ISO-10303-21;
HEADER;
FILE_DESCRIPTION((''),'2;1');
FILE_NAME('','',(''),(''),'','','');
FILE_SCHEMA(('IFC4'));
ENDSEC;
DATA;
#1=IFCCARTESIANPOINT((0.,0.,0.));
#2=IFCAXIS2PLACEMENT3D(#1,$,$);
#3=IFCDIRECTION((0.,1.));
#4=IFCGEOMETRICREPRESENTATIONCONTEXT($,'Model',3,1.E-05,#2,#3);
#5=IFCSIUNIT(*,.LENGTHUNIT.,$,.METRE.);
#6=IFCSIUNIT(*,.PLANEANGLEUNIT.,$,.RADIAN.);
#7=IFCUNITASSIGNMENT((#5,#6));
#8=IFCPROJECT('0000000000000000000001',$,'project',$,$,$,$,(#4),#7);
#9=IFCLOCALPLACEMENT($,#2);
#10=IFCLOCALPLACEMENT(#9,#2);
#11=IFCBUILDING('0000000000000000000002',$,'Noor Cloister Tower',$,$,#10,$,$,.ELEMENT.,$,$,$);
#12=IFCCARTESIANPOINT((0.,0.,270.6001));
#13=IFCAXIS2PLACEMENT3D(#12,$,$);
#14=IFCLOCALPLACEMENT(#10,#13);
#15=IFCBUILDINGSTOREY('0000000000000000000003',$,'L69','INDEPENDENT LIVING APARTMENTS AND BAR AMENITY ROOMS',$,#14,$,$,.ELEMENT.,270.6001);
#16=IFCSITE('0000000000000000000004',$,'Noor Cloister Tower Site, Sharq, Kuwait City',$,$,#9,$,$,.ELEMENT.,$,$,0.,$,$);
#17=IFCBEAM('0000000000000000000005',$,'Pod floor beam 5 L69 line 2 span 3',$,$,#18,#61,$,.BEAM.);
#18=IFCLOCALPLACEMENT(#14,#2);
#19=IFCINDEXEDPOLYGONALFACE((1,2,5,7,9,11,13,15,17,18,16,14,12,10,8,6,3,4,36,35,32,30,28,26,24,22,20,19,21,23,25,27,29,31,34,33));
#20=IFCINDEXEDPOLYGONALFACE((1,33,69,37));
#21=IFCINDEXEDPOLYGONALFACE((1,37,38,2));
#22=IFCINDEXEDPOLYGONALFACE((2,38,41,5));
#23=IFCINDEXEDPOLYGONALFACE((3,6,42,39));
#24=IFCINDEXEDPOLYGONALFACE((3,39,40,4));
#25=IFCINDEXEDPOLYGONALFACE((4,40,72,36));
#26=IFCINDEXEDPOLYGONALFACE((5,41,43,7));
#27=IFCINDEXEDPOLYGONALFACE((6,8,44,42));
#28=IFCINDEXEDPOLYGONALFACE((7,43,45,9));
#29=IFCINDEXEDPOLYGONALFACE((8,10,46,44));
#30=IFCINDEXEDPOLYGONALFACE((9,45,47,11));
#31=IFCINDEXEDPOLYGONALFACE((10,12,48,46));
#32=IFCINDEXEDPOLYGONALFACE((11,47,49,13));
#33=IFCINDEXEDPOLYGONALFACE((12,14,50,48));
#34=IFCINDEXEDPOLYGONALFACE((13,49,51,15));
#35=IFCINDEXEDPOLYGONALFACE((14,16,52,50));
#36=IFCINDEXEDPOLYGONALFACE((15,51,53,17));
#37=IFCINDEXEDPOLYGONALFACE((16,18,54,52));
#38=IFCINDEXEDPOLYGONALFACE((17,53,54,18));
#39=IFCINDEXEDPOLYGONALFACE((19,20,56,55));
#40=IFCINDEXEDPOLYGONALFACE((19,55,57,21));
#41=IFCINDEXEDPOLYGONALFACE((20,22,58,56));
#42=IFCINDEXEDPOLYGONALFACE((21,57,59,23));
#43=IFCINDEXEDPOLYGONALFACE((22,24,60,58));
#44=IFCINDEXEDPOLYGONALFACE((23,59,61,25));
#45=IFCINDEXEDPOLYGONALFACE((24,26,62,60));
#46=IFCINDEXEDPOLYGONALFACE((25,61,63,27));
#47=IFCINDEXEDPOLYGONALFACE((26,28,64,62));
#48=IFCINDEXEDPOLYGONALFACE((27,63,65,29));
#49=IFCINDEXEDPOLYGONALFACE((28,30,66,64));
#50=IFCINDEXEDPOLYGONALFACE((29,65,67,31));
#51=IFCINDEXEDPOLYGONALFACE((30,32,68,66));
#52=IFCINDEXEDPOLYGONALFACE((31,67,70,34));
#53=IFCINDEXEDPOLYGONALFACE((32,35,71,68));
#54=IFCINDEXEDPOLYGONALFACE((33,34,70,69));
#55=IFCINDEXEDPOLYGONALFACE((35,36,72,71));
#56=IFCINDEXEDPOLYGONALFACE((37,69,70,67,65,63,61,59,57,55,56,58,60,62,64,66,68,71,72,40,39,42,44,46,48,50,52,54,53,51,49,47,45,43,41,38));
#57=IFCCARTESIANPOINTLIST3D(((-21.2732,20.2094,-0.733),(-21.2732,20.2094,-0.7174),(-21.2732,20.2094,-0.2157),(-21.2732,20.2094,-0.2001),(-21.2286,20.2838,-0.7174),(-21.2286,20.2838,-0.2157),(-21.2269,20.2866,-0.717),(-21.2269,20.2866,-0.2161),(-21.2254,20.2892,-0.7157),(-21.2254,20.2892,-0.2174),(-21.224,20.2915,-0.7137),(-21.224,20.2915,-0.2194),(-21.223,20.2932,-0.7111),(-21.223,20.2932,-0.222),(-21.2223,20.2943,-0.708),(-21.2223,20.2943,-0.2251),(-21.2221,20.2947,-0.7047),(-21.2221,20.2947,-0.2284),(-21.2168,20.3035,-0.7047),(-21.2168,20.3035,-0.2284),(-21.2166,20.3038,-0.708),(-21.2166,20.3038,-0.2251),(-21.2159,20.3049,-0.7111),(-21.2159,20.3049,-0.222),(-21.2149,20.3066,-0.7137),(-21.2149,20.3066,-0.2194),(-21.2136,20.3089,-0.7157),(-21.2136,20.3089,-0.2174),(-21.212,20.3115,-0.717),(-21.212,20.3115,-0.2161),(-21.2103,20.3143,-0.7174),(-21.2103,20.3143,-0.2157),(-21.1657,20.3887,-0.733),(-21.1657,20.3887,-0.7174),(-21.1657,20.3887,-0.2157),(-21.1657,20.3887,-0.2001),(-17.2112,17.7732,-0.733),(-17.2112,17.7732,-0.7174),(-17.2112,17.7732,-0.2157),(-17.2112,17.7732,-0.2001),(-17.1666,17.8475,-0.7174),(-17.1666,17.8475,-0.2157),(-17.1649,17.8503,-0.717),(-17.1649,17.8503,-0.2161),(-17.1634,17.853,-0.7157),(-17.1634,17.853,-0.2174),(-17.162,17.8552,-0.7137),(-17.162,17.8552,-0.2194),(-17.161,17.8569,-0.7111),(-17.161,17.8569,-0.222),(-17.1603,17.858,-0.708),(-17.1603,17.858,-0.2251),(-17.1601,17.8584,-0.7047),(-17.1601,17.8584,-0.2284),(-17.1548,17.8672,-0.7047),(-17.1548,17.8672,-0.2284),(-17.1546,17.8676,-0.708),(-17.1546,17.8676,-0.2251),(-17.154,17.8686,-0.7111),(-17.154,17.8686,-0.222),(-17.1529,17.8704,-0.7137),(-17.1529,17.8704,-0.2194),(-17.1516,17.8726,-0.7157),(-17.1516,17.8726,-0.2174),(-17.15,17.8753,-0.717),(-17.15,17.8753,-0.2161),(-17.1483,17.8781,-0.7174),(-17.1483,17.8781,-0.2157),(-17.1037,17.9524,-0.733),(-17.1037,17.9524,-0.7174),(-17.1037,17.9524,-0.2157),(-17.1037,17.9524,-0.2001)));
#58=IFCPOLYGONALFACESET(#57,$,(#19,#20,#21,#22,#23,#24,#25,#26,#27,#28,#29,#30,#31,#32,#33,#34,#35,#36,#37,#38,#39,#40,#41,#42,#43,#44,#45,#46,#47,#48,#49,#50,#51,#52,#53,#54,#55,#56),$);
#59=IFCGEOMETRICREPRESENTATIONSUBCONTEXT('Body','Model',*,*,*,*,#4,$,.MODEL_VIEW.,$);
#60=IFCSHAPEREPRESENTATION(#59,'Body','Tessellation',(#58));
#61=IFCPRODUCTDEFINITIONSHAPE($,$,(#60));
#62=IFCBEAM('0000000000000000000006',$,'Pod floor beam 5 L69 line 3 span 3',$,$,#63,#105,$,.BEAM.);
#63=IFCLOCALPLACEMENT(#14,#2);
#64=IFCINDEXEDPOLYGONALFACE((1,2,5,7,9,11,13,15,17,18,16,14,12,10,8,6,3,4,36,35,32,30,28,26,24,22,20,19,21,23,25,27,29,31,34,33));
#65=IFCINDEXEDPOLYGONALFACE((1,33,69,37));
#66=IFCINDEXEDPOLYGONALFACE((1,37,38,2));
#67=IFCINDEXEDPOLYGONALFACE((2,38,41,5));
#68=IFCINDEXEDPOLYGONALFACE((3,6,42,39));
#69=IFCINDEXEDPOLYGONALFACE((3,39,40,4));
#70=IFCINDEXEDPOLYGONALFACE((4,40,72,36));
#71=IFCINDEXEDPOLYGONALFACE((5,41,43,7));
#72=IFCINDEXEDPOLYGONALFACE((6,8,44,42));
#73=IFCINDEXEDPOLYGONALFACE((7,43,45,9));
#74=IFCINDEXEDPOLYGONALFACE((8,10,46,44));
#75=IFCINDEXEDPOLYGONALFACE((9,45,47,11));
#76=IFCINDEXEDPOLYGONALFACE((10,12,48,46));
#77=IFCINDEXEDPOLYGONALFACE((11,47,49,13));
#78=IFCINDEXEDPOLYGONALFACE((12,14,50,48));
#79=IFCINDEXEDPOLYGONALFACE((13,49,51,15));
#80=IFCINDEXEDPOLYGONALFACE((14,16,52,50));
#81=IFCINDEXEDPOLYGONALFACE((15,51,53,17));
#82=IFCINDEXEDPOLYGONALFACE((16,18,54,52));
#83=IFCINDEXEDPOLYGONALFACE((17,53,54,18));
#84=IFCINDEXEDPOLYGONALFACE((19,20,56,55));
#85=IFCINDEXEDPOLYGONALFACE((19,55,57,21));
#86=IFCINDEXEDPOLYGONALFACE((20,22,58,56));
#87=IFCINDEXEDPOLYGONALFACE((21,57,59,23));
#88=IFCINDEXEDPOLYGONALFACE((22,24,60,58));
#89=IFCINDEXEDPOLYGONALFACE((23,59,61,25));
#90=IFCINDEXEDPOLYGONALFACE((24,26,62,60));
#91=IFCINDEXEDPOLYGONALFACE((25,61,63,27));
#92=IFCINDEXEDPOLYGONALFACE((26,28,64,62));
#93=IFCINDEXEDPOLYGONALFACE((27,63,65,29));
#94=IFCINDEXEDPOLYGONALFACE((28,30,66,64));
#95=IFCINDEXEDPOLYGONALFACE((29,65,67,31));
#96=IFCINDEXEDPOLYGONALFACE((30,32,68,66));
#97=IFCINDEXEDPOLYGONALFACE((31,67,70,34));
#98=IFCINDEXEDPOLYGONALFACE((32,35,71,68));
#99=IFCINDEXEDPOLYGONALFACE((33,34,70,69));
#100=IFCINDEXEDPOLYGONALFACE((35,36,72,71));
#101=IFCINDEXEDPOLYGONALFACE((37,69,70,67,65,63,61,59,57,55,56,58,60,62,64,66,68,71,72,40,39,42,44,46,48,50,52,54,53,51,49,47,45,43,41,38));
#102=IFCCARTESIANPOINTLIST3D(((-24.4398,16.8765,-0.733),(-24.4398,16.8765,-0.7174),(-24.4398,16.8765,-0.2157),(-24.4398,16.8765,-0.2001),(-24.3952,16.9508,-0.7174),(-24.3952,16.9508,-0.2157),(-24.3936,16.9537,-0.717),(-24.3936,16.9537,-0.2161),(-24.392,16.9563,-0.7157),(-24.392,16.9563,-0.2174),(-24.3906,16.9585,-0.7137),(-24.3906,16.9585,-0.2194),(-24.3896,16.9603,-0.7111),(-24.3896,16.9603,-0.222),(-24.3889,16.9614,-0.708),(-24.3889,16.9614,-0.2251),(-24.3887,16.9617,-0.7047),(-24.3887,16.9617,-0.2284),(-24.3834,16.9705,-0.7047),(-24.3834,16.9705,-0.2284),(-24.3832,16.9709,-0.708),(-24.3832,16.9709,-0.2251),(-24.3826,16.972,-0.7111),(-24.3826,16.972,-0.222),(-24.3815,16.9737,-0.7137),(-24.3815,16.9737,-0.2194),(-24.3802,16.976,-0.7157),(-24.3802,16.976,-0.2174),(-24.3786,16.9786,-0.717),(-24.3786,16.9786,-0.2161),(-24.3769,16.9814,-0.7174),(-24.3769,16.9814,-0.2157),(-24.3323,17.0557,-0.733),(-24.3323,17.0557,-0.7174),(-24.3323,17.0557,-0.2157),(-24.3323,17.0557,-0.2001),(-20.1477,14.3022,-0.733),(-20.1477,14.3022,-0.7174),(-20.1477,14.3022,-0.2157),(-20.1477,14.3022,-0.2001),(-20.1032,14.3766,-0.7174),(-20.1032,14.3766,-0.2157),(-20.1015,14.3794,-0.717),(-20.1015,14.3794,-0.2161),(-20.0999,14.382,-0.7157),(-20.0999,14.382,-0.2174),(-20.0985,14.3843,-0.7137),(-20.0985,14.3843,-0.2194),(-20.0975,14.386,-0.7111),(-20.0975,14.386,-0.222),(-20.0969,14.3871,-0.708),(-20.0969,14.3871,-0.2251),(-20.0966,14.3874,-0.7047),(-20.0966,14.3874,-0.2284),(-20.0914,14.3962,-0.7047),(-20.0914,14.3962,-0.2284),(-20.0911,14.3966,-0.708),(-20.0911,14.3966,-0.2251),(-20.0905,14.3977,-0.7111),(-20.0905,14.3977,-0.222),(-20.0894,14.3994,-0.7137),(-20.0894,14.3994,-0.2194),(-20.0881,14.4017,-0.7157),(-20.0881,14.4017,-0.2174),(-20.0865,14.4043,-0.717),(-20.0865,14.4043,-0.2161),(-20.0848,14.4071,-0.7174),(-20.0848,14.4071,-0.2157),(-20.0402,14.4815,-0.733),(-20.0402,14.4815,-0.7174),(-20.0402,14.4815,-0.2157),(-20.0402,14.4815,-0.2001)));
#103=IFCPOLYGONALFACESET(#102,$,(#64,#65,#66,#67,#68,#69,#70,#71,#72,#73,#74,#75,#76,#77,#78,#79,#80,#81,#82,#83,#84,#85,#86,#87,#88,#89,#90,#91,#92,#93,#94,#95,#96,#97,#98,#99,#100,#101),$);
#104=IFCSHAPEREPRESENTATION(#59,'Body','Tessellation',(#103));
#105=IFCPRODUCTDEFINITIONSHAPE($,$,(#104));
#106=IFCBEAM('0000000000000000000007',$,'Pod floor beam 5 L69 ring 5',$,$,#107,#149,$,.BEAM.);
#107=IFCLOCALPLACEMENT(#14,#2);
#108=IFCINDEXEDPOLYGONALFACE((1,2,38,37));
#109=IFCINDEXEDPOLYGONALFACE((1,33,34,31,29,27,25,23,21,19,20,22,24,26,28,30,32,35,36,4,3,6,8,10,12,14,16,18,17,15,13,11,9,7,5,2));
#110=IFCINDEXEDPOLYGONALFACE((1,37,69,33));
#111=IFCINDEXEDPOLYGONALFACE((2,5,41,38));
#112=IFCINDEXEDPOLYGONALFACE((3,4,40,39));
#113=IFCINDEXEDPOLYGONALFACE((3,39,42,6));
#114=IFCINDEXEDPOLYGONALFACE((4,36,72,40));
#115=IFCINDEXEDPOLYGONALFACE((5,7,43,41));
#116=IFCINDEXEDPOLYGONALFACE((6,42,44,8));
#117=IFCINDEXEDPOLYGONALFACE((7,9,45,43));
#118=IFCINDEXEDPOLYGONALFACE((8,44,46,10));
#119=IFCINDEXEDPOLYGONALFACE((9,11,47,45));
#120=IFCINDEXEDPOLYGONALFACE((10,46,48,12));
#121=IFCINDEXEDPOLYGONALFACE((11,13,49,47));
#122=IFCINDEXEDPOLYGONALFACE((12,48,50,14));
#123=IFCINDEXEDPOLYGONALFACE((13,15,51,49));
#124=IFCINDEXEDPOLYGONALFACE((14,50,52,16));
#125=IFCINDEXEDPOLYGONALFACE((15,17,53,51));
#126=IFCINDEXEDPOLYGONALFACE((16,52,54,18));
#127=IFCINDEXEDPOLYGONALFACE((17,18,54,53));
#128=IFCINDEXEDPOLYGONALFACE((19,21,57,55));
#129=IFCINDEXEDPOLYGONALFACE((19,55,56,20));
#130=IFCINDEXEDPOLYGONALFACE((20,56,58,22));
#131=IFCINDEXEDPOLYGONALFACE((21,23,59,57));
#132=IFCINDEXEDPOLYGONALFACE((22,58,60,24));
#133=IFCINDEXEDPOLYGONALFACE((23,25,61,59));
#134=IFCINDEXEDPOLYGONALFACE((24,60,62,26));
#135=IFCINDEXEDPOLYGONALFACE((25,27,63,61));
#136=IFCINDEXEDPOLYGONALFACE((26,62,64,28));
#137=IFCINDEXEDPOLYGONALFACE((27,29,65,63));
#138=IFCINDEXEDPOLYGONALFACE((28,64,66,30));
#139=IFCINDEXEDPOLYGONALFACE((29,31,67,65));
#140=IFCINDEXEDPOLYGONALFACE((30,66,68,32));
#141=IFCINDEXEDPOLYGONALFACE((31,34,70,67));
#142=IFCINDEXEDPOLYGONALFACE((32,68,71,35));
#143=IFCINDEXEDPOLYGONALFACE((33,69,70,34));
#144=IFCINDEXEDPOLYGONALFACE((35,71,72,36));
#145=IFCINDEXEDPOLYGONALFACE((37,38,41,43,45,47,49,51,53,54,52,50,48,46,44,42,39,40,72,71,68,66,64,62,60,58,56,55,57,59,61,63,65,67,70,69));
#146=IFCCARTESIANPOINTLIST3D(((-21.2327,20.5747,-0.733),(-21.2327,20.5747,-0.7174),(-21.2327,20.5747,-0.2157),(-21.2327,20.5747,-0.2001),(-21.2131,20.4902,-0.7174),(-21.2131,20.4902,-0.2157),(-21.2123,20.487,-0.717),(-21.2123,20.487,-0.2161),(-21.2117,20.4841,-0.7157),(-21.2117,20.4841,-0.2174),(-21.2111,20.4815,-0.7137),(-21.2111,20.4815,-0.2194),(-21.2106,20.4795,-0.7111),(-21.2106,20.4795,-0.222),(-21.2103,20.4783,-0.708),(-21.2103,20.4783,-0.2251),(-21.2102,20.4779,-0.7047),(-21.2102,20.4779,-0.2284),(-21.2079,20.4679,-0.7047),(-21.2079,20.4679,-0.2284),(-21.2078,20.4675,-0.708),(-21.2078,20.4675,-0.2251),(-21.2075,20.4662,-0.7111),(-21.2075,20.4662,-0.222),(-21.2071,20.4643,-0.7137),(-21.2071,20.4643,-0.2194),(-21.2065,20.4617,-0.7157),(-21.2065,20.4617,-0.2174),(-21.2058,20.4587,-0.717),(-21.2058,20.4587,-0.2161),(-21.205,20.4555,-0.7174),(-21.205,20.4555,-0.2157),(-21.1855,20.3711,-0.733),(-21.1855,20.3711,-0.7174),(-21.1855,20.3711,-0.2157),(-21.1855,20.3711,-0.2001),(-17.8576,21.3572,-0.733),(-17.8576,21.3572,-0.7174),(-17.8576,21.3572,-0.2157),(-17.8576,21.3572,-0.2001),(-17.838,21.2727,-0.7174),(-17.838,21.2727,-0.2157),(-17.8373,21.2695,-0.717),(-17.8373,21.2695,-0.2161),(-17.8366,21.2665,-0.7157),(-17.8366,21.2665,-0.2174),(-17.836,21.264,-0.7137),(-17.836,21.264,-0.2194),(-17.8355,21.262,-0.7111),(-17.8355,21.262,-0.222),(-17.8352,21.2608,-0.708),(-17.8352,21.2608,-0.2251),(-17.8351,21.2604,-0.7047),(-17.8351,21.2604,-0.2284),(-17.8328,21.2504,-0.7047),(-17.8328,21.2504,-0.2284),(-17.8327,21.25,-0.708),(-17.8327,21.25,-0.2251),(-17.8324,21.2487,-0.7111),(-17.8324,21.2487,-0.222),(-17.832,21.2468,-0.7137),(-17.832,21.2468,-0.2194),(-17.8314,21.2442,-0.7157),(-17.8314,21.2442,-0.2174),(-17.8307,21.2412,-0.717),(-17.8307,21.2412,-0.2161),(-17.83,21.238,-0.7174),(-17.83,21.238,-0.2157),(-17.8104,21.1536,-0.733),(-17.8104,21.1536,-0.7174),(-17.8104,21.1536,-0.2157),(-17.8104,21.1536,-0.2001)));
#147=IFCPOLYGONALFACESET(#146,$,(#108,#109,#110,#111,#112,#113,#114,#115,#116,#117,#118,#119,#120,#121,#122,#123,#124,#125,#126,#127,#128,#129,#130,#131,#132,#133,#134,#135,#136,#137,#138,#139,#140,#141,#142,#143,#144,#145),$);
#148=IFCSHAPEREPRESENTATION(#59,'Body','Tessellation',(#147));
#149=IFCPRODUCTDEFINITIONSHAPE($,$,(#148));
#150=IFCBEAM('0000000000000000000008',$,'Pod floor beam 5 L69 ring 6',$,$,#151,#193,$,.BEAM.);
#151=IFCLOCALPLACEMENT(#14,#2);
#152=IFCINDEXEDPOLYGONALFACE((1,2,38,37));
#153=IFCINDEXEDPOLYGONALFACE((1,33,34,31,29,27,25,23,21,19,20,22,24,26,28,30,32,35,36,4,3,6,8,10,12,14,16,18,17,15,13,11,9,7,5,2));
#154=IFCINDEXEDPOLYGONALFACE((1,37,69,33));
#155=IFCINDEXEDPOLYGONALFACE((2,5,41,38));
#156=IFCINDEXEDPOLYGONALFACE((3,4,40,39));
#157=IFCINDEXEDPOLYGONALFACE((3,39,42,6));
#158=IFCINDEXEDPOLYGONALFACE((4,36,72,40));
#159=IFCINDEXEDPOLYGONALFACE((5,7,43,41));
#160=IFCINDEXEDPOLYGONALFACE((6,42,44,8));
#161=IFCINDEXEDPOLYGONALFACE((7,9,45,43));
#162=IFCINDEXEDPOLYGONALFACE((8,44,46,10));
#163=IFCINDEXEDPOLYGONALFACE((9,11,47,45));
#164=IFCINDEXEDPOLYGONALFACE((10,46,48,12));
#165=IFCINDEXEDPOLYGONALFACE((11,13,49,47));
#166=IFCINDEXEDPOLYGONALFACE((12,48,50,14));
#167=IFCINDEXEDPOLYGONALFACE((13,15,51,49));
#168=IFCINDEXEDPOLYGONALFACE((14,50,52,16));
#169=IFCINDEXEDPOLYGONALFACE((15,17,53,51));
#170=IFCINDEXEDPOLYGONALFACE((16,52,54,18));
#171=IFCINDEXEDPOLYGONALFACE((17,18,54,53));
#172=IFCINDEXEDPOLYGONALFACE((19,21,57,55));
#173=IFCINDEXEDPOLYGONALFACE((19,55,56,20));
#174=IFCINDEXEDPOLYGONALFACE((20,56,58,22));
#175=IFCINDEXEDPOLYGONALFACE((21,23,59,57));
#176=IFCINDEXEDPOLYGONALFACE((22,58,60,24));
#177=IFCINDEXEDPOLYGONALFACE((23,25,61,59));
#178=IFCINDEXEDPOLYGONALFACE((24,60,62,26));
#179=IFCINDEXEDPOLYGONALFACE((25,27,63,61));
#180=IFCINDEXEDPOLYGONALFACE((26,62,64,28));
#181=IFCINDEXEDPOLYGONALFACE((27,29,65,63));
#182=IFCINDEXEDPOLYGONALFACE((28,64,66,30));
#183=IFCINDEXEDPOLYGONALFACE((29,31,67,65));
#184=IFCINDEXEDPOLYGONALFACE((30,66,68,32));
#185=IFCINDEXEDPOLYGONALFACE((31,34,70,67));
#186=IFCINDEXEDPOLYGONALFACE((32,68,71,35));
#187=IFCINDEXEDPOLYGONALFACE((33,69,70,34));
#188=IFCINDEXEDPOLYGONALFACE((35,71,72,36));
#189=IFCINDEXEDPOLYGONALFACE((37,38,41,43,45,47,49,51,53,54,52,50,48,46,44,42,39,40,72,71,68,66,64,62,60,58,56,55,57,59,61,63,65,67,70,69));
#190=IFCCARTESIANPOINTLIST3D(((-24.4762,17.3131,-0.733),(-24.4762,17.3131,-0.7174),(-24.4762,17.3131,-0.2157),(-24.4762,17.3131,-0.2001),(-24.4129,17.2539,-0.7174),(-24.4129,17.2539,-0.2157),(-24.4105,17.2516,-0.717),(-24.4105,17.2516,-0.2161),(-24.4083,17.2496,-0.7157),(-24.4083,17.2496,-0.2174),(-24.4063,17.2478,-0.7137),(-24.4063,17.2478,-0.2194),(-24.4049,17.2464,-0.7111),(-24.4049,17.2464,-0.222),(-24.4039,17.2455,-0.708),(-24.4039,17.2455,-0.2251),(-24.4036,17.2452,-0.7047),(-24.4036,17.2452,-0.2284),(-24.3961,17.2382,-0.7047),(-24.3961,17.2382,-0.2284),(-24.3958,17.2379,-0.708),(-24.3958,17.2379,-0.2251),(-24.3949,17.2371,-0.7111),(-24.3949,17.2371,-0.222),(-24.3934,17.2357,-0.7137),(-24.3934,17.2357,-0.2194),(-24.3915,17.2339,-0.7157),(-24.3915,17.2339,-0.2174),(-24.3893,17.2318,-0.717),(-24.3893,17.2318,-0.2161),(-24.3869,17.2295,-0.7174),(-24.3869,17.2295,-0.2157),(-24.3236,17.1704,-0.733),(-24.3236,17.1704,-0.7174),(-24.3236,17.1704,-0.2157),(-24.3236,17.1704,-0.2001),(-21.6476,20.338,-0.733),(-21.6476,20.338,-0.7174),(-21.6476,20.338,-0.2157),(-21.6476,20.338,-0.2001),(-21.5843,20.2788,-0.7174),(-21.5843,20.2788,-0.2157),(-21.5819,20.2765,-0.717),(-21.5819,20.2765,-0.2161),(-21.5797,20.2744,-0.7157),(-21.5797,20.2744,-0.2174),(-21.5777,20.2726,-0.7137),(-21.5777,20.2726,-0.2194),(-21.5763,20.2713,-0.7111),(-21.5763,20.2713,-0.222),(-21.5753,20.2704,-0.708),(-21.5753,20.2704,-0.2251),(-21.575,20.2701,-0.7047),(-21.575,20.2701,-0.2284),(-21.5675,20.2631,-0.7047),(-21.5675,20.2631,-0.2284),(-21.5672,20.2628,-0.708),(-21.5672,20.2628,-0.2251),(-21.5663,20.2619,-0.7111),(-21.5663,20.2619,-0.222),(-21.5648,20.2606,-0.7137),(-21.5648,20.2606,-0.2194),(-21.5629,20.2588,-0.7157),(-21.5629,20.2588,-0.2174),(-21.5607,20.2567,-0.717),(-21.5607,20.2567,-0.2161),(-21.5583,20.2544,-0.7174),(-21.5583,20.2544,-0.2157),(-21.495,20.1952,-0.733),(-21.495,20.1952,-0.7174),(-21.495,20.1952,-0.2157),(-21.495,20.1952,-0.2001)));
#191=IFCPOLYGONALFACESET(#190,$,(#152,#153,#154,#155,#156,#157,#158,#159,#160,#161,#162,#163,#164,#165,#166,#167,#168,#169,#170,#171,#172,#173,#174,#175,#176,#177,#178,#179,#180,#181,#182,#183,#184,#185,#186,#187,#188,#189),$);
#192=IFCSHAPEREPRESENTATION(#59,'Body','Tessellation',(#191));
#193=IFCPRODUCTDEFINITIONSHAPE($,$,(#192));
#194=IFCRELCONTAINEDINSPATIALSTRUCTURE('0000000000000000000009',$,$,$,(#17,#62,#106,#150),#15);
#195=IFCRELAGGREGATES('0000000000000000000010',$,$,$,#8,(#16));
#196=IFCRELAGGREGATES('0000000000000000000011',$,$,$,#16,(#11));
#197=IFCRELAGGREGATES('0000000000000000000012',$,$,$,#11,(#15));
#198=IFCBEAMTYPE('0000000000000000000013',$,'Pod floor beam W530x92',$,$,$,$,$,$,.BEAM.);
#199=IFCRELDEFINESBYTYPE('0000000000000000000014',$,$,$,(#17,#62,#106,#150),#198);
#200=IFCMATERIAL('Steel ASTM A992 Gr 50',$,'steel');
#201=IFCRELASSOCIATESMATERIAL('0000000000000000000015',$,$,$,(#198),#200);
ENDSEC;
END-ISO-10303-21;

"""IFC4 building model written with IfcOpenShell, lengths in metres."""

from ifc_helpers import new_model, si_unit, direction, frame, origin, origin_2d, place, context, subcontext, project, spatial, i_section, extrude, material, material_profile, profile_set, type_object, element, save


model = new_model("IFC4")

# Units and contexts
model_context = context("Model", 3, precision=1e-05, world=origin(), true_north=direction((0.0, 1.0)))
body_context = subcontext(model_context, "Body", "Model", "MODEL_VIEW")
ifc_project = project(units=[si_unit("LENGTHUNIT", "METRE"), si_unit("PLANEANGLEUNIT", "RADIAN")], contexts=[model_context])

# Site, building, storey
site_placement = place(None, origin())
site = spatial("IfcSite", under=ifc_project, at=site_placement, Name="Noor Cloister Tower Site, Sharq, Kuwait City", CompositionType="ELEMENT", RefElevation=0.0)
building_placement = place(site_placement, origin())
building = spatial("IfcBuilding", under=site, at=building_placement, Name="Noor Cloister Tower", CompositionType="ELEMENT")
storey_placement = place(building_placement, frame((0.0, 0.0, 270.6001)))
storey = spatial("IfcBuildingStorey", under=building, at=storey_placement, Name="L69", Description="INDEPENDENT LIVING APARTMENTS AND BAR AMENITY ROOMS", CompositionType="ELEMENT", Elevation=270.6001)

# Beams
ifc_material_1 = material(Name="Steel ASTM A992 Gr 50", Category="steel")
ifc_material_profile_1 = material_profile(ifc_material_1, i_section(OverallWidth=0.209, OverallDepth=0.533, WebThickness=0.0103, FlangeThickness=0.0156, FilletRadius=0.0127, at=origin_2d()), Name="W530x92")
ifc_profile_set_1 = profile_set([ifc_material_profile_1], Name="Steel ASTM A992 Gr 50")
beam_type = type_object("IfcBeamType", Name="Pod floor beam W530x92", PredefinedType="BEAM", material=ifc_profile_set_1)
beam_1_placement = place(storey_placement, frame((-17.1575, 17.8628, -0.4666), z_axis=(-0.857579, 0.514352, 0.0), x_axis=(-0.514352, -0.857579, 0.0)))
element("IfcBeam", 1, at=beam_1_placement, inside=storey, type_object=beam_type, Name="Pod floor beam 5 L69 line 2 span 3", PredefinedType="BEAM", context=body_context, shape_type="SweptSolid", body=[
    extrude(i_section(OverallWidth=0.209, OverallDepth=0.533, WebThickness=0.0103, FlangeThickness=0.0156, FilletRadius=0.0127, at=origin_2d()), origin(), (0.0, 0.0, 1.0), 4.7366),
])
beam_2_placement = place(storey_placement, frame((-20.094, 14.3918, -0.4666), z_axis=(-0.857579, 0.514352, 0.0), x_axis=(-0.514352, -0.857579, 0.0)))
element("IfcBeam", 2, at=beam_2_placement, inside=storey, type_object=beam_type, Name="Pod floor beam 5 L69 line 3 span 3", PredefinedType="BEAM", context=body_context, shape_type="SweptSolid", body=[
    extrude(i_section(OverallWidth=0.209, OverallDepth=0.533, WebThickness=0.0103, FlangeThickness=0.0156, FilletRadius=0.0127, at=origin_2d()), origin(), (0.0, 0.0, 1.0), 5.0049),
])
beam_3_placement = place(storey_placement, frame((-17.834, 21.2554, -0.4666), z_axis=(-0.974161, -0.225853, 0.0), x_axis=(0.225853, -0.974161, 0.0)))
element("IfcBeam", 3, at=beam_3_placement, inside=storey, type_object=beam_type, Name="Pod floor beam 5 L69 ring 5", PredefinedType="BEAM", context=body_context, shape_type="SweptSolid", body=[
    extrude(i_section(OverallWidth=0.209, OverallDepth=0.533, WebThickness=0.0103, FlangeThickness=0.0156, FilletRadius=0.0127, at=origin_2d()), origin(), (0.0, 0.0, 1.0), 3.4646),
])
beam_4_placement = place(storey_placement, frame((-21.5713, 20.2666, -0.4666), z_axis=(-0.683011, -0.730408, 0.0), x_axis=(0.730408, -0.683011, 0.0)))
element("IfcBeam", 4, at=beam_4_placement, inside=storey, type_object=beam_type, Name="Pod floor beam 5 L69 ring 6", PredefinedType="BEAM", context=body_context, shape_type="SweptSolid", body=[
    extrude(i_section(OverallWidth=0.209, OverallDepth=0.533, WebThickness=0.0103, FlangeThickness=0.0156, FilletRadius=0.0127, at=origin_2d()), origin(), (0.0, 0.0, 1.0), 4.1414),
])

save(model, "model.ifc")
